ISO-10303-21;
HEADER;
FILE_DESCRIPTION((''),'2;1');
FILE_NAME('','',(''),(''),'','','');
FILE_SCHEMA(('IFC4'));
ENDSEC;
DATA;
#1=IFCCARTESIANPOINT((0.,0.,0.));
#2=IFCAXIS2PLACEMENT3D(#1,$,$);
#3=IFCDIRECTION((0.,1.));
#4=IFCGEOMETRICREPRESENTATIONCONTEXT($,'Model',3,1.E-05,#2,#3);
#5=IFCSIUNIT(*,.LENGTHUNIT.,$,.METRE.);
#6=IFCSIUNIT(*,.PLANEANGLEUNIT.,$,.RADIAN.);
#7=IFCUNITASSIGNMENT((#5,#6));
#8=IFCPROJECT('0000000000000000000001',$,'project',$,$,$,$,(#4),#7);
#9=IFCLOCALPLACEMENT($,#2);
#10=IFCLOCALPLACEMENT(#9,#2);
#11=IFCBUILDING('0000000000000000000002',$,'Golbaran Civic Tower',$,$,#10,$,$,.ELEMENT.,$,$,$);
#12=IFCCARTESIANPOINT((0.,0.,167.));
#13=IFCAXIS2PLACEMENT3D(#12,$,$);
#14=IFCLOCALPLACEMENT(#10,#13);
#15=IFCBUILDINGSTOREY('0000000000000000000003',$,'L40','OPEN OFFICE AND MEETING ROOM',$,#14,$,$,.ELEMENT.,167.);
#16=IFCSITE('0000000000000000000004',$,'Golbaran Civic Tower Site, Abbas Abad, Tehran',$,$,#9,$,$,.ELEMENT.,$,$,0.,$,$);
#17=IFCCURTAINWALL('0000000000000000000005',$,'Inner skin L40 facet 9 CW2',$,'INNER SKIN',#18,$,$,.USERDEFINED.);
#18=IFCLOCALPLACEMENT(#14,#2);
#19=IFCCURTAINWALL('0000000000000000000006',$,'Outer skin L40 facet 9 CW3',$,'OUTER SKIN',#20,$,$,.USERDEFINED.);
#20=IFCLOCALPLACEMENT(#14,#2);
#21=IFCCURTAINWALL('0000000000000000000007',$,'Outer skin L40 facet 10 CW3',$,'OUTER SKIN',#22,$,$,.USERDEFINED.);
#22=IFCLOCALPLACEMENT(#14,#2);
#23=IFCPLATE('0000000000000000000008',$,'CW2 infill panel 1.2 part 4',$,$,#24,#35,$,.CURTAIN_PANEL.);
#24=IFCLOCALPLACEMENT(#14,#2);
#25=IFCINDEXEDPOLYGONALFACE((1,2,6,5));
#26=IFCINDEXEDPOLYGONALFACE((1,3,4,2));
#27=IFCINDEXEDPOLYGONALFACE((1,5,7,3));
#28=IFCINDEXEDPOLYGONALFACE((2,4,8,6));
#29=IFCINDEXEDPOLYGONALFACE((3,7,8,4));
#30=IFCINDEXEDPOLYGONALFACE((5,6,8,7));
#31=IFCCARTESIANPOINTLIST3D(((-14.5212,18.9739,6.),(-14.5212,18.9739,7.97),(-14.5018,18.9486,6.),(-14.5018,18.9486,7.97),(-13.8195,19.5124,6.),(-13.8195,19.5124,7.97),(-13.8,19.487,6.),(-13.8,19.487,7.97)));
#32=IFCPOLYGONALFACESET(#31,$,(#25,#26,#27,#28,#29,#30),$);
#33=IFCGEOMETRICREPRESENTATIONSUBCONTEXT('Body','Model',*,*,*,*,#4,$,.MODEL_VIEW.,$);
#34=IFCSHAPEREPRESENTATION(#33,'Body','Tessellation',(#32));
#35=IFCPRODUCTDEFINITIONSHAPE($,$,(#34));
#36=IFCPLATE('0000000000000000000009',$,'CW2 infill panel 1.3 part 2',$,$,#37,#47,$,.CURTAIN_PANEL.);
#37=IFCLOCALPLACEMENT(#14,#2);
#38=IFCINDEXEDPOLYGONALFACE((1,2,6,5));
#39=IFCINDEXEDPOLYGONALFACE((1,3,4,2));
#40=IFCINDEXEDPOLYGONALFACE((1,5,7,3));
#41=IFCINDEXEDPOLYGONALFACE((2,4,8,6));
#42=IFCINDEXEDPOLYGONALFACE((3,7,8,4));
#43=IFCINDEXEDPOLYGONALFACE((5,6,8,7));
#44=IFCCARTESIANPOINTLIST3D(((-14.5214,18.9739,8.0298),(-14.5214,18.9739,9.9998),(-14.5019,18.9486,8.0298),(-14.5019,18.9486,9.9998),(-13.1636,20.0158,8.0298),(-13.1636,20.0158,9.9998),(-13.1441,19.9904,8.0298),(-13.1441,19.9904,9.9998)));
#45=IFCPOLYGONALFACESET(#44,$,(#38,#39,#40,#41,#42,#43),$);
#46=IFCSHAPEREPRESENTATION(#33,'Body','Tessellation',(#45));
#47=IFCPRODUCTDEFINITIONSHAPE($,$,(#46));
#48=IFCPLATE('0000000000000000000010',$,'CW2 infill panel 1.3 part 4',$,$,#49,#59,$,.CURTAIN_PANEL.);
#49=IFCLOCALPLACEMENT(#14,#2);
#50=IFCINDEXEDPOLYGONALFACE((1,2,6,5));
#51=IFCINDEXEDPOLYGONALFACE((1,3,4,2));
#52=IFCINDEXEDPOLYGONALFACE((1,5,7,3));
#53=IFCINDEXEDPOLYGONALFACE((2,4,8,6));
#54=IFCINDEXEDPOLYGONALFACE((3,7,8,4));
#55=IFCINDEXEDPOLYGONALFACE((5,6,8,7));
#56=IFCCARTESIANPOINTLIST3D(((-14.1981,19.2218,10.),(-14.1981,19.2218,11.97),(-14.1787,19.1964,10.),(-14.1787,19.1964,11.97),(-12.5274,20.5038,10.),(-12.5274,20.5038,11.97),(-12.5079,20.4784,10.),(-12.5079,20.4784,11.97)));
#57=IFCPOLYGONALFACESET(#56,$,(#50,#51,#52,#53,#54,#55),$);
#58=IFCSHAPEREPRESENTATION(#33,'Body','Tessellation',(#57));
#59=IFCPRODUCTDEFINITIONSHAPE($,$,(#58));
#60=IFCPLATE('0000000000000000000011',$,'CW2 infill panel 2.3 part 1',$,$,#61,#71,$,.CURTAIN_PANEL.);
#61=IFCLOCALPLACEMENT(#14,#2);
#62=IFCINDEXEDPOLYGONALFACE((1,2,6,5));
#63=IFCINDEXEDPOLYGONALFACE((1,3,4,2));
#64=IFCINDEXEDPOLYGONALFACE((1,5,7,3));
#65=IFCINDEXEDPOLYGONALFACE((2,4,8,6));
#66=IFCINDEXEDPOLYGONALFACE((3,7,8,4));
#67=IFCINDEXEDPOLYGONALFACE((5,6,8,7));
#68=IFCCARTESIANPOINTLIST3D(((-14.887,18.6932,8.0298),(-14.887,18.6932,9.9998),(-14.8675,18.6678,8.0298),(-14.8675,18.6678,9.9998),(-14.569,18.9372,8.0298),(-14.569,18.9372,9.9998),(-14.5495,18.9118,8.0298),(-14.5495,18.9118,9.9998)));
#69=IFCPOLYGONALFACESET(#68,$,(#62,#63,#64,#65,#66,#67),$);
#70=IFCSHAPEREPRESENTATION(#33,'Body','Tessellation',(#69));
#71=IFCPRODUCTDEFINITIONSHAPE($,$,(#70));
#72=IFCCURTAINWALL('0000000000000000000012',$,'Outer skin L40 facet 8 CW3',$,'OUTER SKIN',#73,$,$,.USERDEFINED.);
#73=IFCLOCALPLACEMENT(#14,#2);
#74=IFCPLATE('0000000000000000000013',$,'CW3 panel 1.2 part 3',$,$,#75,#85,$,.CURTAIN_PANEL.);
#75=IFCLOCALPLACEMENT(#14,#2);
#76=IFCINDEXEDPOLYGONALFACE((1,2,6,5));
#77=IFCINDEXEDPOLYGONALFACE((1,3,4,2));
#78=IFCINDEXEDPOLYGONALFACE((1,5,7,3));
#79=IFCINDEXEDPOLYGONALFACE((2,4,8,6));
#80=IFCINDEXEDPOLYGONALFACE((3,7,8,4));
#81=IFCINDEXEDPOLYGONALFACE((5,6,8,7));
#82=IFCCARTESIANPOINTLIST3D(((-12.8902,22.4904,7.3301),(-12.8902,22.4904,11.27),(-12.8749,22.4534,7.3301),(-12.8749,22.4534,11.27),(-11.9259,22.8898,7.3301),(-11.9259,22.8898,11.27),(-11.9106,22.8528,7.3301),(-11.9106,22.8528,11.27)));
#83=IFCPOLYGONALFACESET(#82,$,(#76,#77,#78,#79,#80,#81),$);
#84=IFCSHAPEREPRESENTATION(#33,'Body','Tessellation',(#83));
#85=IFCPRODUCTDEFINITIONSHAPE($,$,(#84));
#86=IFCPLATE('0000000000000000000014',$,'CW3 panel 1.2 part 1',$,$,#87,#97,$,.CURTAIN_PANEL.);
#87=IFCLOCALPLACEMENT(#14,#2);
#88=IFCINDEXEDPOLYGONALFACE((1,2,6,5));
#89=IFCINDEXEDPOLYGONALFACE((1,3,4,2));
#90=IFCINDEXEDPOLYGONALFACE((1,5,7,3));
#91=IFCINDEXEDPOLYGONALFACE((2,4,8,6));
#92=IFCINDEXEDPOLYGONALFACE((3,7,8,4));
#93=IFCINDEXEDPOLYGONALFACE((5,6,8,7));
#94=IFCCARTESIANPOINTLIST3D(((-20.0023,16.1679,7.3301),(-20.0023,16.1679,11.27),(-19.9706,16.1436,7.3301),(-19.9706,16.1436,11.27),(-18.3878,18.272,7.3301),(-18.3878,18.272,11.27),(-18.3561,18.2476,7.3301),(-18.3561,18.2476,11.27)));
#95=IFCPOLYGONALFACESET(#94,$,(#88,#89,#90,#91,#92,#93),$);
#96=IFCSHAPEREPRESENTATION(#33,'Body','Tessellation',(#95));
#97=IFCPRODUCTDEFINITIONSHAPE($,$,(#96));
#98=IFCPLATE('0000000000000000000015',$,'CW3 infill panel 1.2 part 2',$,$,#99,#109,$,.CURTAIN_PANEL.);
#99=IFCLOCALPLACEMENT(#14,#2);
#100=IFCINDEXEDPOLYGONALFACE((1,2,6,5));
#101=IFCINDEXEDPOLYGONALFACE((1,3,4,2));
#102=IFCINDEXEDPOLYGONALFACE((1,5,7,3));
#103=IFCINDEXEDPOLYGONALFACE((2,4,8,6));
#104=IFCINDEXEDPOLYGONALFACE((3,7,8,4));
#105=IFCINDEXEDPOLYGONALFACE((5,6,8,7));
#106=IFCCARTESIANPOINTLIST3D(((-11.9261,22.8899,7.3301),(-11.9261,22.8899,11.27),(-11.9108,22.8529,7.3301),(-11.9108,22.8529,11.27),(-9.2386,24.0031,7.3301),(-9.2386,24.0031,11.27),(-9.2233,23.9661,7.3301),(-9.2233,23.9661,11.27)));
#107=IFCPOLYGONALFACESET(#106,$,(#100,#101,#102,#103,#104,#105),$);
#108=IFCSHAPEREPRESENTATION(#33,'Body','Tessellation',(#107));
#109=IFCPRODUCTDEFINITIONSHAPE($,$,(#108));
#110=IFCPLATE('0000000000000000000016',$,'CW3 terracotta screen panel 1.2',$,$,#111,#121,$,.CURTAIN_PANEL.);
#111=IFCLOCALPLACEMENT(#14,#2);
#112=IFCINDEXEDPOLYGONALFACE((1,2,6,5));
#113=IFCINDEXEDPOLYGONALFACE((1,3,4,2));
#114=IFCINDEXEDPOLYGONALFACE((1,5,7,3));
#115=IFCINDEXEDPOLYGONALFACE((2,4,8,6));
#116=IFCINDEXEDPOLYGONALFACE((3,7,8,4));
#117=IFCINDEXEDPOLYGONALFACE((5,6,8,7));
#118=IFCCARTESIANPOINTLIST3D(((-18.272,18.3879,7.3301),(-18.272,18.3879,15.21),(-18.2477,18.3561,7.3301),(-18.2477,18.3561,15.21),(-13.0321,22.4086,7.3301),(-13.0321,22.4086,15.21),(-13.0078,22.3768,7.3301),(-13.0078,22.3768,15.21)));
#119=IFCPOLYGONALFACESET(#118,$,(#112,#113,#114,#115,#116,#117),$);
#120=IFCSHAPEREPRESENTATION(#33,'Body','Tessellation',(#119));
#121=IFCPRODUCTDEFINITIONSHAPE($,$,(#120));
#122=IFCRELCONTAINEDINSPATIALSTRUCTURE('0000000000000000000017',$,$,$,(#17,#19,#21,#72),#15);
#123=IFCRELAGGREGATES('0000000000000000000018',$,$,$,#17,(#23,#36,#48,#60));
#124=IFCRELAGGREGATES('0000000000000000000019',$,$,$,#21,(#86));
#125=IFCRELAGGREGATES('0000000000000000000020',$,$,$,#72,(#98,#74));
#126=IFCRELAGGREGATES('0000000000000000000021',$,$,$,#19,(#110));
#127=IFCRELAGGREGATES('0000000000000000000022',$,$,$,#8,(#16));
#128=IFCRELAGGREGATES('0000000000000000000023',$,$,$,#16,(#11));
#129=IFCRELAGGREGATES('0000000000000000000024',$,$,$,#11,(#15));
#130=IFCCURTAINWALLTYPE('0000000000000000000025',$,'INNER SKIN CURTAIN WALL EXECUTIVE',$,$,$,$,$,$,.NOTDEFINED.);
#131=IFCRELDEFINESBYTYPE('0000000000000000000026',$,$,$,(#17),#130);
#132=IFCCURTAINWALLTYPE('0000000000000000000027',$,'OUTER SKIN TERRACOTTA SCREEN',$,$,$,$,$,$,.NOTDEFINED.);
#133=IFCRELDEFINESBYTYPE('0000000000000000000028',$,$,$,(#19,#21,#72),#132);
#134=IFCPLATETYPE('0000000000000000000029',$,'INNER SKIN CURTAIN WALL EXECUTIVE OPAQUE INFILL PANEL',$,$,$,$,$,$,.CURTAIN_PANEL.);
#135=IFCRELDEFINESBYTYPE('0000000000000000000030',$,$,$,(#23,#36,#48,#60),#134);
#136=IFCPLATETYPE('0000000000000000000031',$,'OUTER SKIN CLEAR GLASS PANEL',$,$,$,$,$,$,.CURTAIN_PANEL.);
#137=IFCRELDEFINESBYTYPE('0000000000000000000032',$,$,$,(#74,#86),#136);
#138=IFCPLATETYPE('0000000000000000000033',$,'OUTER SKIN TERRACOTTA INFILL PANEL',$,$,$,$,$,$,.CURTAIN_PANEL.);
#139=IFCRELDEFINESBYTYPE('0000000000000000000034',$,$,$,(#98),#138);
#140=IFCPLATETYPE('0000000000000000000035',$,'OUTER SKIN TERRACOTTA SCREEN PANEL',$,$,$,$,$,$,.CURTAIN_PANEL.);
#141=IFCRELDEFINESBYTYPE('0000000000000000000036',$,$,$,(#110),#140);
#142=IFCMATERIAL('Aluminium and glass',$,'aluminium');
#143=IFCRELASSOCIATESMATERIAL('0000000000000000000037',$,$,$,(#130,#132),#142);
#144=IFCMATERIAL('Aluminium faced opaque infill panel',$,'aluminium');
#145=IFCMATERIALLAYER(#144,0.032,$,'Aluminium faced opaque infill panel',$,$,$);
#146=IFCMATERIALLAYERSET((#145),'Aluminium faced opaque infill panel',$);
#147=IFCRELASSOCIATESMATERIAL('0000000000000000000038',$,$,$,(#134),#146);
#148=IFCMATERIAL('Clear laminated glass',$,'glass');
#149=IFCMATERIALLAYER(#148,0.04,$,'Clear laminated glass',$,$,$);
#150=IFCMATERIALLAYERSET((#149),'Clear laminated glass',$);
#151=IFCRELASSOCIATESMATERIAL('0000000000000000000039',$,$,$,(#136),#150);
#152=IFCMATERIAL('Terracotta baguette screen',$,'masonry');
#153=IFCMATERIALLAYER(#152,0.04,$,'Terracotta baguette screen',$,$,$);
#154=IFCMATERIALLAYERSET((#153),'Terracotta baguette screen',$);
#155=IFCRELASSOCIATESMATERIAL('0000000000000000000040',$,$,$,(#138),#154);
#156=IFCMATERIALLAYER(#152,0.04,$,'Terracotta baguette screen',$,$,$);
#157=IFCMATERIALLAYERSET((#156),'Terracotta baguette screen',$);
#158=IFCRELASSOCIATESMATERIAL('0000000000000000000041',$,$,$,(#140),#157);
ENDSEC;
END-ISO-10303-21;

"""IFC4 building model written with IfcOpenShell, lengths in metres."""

from ifc_helpers import new_model, si_unit, direction, frame, origin, origin_2d, place, context, subcontext, project, spatial, rectangle, extrude, material, layer, layer_set, type_object, element, aggregate, save


model = new_model("IFC4")

# Units and contexts
model_context = context("Model", 3, precision=1e-05, world=origin(), true_north=direction((0.0, 1.0)))
body_context = subcontext(model_context, "Body", "Model", "MODEL_VIEW")
ifc_project = project(units=[si_unit("LENGTHUNIT", "METRE"), si_unit("PLANEANGLEUNIT", "RADIAN")], contexts=[model_context])

# Site, building, storey
site_placement = place(None, origin())
site = spatial("IfcSite", under=ifc_project, at=site_placement, Name="Golbaran Civic Tower Site, Abbas Abad, Tehran", CompositionType="ELEMENT", RefElevation=0.0)
building_placement = place(site_placement, origin())
building = spatial("IfcBuilding", under=site, at=building_placement, Name="Golbaran Civic Tower", CompositionType="ELEMENT")
storey_placement = place(building_placement, frame((0.0, 0.0, 167.0)))
storey = spatial("IfcBuildingStorey", under=building, at=storey_placement, Name="L40", Description="OPEN OFFICE AND MEETING ROOM", CompositionType="ELEMENT", Elevation=167.0)

# Curtain wall
ifc_material_1 = material(Name="Aluminium and glass", Category="aluminium")
curtain_wall_type_1 = type_object("IfcCurtainWallType", Name="INNER SKIN CURTAIN WALL EXECUTIVE", PredefinedType="NOTDEFINED", material=ifc_material_1)
curtain_wall_1_placement = place(storey_placement, origin())
curtain_wall_1 = element("IfcCurtainWall", 1, at=curtain_wall_1_placement, inside=storey, type_object=curtain_wall_type_1, Name="Inner skin L40 facet 9 CW2", ObjectType="INNER SKIN", PredefinedType="USERDEFINED")

# Curtain walls
curtain_wall_type_2 = type_object("IfcCurtainWallType", Name="OUTER SKIN TERRACOTTA SCREEN", PredefinedType="NOTDEFINED", material=ifc_material_1)
curtain_wall_2_placement = place(storey_placement, origin())
curtain_wall_2 = element("IfcCurtainWall", 2, at=curtain_wall_2_placement, inside=storey, type_object=curtain_wall_type_2, Name="Outer skin L40 facet 9 CW3", ObjectType="OUTER SKIN", PredefinedType="USERDEFINED")
curtain_wall_3_placement = place(storey_placement, origin())
curtain_wall_3 = element("IfcCurtainWall", 3, at=curtain_wall_3_placement, inside=storey, type_object=curtain_wall_type_2, Name="Outer skin L40 facet 10 CW3", ObjectType="OUTER SKIN", PredefinedType="USERDEFINED")

# Plates
ifc_material_2 = material(Name="Aluminium faced opaque infill panel", Category="aluminium")
ifc_layer_1 = layer(ifc_material_2, 0.032, Name="Aluminium faced opaque infill panel")
ifc_layer_set_1 = layer_set([ifc_layer_1], Name="Aluminium faced opaque infill panel")
plate_type_1 = type_object("IfcPlateType", Name="INNER SKIN CURTAIN WALL EXECUTIVE OPAQUE INFILL PANEL", PredefinedType="CURTAIN_PANEL", material=ifc_layer_set_1)
plate_1_placement = place(storey_placement, frame((-14.1606, 19.2305, 6.0), z_axis=(0.0, 0.0, 1.0), x_axis=(-0.793353, -0.608761, 0.0)))
plate_1 = element("IfcPlate", 4, at=plate_1_placement, type_object=plate_type_1, Name="CW2 infill panel 1.2 part 4", PredefinedType="CURTAIN_PANEL", context=body_context, shape_type="SweptSolid", body=[
    extrude(rectangle(XDim=0.8845, YDim=0.032, at=origin_2d()), origin(), (0.0, 0.0, 1.0), 1.97),
])
plate_2_placement = place(storey_placement, frame((-13.8328, 19.4822, 8.0298), z_axis=(0.0, 0.0, 1.0), x_axis=(-0.793353, -0.608761, 0.0)))
plate_2 = element("IfcPlate", 5, at=plate_2_placement, type_object=plate_type_1, Name="CW2 infill panel 1.3 part 2", PredefinedType="CURTAIN_PANEL", context=body_context, shape_type="SweptSolid", body=[
    extrude(rectangle(XDim=1.7114, YDim=0.032, at=origin_2d()), origin(), (0.0, 0.0, 1.0), 1.97),
])
plate_3_placement = place(storey_placement, frame((-13.353, 19.8501, 10.0), z_axis=(0.0, 0.0, 1.0), x_axis=(-0.793353, -0.608761, 0.0)))
plate_3 = element("IfcPlate", 6, at=plate_3_placement, type_object=plate_type_1, Name="CW2 infill panel 1.3 part 4", PredefinedType="CURTAIN_PANEL", context=body_context, shape_type="SweptSolid", body=[
    extrude(rectangle(XDim=2.106, YDim=0.032, at=origin_2d()), origin(), (0.0, 0.0, 1.0), 1.97),
])
plate_4_placement = place(storey_placement, frame((-14.7183, 18.8025, 8.0298), z_axis=(0.0, 0.0, 1.0), x_axis=(-0.793353, -0.608761, 0.0)))
plate_4 = element("IfcPlate", 7, at=plate_4_placement, type_object=plate_type_1, Name="CW2 infill panel 2.3 part 1", PredefinedType="CURTAIN_PANEL", context=body_context, shape_type="SweptSolid", body=[
    extrude(rectangle(XDim=0.4009, YDim=0.032, at=origin_2d()), origin(), (0.0, 0.0, 1.0), 1.97),
])
aggregate(curtain_wall_1, [plate_1, plate_2, plate_3, plate_4])

# Curtain wall, plate
curtain_wall_4_placement = place(storey_placement, origin())
curtain_wall_4 = element("IfcCurtainWall", 8, at=curtain_wall_4_placement, inside=storey, type_object=curtain_wall_type_2, Name="Outer skin L40 facet 8 CW3", ObjectType="OUTER SKIN", PredefinedType="USERDEFINED")
ifc_material_3 = material(Name="Clear laminated glass", Category="glass")
ifc_layer_2 = layer(ifc_material_3, 0.04, Name="Clear laminated glass")
ifc_layer_set_2 = layer_set([ifc_layer_2], Name="Clear laminated glass")
plate_type_2 = type_object("IfcPlateType", Name="OUTER SKIN CLEAR GLASS PANEL", PredefinedType="CURTAIN_PANEL", material=ifc_layer_set_2)
plate_5_placement = place(storey_placement, frame((-12.4004, 22.6716, 7.3301), z_axis=(0.0, 0.0, 1.0), x_axis=(-0.92388, -0.382683, 0.0)))
plate_5 = element("IfcPlate", 9, at=plate_5_placement, type_object=plate_type_2, Name="CW3 panel 1.2 part 3", PredefinedType="CURTAIN_PANEL", context=body_context, shape_type="SweptSolid", body=[
    extrude(rectangle(XDim=1.0437, YDim=0.04, at=origin_2d()), origin(), (0.0, 0.0, 1.0), 3.9399),
])

# Plates
plate_6_placement = place(storey_placement, frame((-19.1792, 17.2078, 7.3301), z_axis=(0.0, 0.0, 1.0), x_axis=(-0.608761, -0.793353, 0.0)))
plate_6 = element("IfcPlate", 10, at=plate_6_placement, type_object=plate_type_2, Name="CW3 panel 1.2 part 1", PredefinedType="CURTAIN_PANEL", context=body_context, shape_type="SweptSolid", body=[
    extrude(rectangle(XDim=2.6521, YDim=0.04, at=origin_2d()), origin(), (0.0, 0.0, 1.0), 3.9399),
])
aggregate(curtain_wall_3, [plate_6])
ifc_material_4 = material(Name="Terracotta baguette screen", Category="masonry")
ifc_layer_3 = layer(ifc_material_4, 0.04, Name="Terracotta baguette screen")
ifc_layer_set_3 = layer_set([ifc_layer_3], Name="Terracotta baguette screen")
plate_type_3 = type_object("IfcPlateType", Name="OUTER SKIN TERRACOTTA INFILL PANEL", PredefinedType="CURTAIN_PANEL", material=ifc_layer_set_3)
plate_7_placement = place(storey_placement, frame((-10.5747, 23.428, 7.3301), z_axis=(0.0, 0.0, 1.0), x_axis=(-0.92388, -0.382683, 0.0)))
plate_7 = element("IfcPlate", 11, at=plate_7_placement, type_object=plate_type_3, Name="CW3 infill panel 1.2 part 2", PredefinedType="CURTAIN_PANEL", context=body_context, shape_type="SweptSolid", body=[
    extrude(rectangle(XDim=2.9089, YDim=0.04, at=origin_2d()), origin(), (0.0, 0.0, 1.0), 3.9399),
])
aggregate(curtain_wall_4, [plate_7, plate_5])
ifc_layer_4 = layer(ifc_material_4, 0.04, Name="Terracotta baguette screen")
ifc_layer_set_4 = layer_set([ifc_layer_4], Name="Terracotta baguette screen")
plate_type_4 = type_object("IfcPlateType", Name="OUTER SKIN TERRACOTTA SCREEN PANEL", PredefinedType="CURTAIN_PANEL", material=ifc_layer_set_4)
plate_8_placement = place(storey_placement, frame((-15.6399, 20.3823, 7.3301), z_axis=(0.0, 0.0, 1.0), x_axis=(-0.793353, -0.608761, 0.0)))
plate_8 = element("IfcPlate", 12, at=plate_8_placement, type_object=plate_type_4, Name="CW3 terracotta screen panel 1.2", PredefinedType="CURTAIN_PANEL", context=body_context, shape_type="SweptSolid", body=[
    extrude(rectangle(XDim=6.6047, YDim=0.04, at=origin_2d()), origin(), (0.0, 0.0, 1.0), 7.8799),
])
aggregate(curtain_wall_2, [plate_8])

save(model, "model.ifc")
